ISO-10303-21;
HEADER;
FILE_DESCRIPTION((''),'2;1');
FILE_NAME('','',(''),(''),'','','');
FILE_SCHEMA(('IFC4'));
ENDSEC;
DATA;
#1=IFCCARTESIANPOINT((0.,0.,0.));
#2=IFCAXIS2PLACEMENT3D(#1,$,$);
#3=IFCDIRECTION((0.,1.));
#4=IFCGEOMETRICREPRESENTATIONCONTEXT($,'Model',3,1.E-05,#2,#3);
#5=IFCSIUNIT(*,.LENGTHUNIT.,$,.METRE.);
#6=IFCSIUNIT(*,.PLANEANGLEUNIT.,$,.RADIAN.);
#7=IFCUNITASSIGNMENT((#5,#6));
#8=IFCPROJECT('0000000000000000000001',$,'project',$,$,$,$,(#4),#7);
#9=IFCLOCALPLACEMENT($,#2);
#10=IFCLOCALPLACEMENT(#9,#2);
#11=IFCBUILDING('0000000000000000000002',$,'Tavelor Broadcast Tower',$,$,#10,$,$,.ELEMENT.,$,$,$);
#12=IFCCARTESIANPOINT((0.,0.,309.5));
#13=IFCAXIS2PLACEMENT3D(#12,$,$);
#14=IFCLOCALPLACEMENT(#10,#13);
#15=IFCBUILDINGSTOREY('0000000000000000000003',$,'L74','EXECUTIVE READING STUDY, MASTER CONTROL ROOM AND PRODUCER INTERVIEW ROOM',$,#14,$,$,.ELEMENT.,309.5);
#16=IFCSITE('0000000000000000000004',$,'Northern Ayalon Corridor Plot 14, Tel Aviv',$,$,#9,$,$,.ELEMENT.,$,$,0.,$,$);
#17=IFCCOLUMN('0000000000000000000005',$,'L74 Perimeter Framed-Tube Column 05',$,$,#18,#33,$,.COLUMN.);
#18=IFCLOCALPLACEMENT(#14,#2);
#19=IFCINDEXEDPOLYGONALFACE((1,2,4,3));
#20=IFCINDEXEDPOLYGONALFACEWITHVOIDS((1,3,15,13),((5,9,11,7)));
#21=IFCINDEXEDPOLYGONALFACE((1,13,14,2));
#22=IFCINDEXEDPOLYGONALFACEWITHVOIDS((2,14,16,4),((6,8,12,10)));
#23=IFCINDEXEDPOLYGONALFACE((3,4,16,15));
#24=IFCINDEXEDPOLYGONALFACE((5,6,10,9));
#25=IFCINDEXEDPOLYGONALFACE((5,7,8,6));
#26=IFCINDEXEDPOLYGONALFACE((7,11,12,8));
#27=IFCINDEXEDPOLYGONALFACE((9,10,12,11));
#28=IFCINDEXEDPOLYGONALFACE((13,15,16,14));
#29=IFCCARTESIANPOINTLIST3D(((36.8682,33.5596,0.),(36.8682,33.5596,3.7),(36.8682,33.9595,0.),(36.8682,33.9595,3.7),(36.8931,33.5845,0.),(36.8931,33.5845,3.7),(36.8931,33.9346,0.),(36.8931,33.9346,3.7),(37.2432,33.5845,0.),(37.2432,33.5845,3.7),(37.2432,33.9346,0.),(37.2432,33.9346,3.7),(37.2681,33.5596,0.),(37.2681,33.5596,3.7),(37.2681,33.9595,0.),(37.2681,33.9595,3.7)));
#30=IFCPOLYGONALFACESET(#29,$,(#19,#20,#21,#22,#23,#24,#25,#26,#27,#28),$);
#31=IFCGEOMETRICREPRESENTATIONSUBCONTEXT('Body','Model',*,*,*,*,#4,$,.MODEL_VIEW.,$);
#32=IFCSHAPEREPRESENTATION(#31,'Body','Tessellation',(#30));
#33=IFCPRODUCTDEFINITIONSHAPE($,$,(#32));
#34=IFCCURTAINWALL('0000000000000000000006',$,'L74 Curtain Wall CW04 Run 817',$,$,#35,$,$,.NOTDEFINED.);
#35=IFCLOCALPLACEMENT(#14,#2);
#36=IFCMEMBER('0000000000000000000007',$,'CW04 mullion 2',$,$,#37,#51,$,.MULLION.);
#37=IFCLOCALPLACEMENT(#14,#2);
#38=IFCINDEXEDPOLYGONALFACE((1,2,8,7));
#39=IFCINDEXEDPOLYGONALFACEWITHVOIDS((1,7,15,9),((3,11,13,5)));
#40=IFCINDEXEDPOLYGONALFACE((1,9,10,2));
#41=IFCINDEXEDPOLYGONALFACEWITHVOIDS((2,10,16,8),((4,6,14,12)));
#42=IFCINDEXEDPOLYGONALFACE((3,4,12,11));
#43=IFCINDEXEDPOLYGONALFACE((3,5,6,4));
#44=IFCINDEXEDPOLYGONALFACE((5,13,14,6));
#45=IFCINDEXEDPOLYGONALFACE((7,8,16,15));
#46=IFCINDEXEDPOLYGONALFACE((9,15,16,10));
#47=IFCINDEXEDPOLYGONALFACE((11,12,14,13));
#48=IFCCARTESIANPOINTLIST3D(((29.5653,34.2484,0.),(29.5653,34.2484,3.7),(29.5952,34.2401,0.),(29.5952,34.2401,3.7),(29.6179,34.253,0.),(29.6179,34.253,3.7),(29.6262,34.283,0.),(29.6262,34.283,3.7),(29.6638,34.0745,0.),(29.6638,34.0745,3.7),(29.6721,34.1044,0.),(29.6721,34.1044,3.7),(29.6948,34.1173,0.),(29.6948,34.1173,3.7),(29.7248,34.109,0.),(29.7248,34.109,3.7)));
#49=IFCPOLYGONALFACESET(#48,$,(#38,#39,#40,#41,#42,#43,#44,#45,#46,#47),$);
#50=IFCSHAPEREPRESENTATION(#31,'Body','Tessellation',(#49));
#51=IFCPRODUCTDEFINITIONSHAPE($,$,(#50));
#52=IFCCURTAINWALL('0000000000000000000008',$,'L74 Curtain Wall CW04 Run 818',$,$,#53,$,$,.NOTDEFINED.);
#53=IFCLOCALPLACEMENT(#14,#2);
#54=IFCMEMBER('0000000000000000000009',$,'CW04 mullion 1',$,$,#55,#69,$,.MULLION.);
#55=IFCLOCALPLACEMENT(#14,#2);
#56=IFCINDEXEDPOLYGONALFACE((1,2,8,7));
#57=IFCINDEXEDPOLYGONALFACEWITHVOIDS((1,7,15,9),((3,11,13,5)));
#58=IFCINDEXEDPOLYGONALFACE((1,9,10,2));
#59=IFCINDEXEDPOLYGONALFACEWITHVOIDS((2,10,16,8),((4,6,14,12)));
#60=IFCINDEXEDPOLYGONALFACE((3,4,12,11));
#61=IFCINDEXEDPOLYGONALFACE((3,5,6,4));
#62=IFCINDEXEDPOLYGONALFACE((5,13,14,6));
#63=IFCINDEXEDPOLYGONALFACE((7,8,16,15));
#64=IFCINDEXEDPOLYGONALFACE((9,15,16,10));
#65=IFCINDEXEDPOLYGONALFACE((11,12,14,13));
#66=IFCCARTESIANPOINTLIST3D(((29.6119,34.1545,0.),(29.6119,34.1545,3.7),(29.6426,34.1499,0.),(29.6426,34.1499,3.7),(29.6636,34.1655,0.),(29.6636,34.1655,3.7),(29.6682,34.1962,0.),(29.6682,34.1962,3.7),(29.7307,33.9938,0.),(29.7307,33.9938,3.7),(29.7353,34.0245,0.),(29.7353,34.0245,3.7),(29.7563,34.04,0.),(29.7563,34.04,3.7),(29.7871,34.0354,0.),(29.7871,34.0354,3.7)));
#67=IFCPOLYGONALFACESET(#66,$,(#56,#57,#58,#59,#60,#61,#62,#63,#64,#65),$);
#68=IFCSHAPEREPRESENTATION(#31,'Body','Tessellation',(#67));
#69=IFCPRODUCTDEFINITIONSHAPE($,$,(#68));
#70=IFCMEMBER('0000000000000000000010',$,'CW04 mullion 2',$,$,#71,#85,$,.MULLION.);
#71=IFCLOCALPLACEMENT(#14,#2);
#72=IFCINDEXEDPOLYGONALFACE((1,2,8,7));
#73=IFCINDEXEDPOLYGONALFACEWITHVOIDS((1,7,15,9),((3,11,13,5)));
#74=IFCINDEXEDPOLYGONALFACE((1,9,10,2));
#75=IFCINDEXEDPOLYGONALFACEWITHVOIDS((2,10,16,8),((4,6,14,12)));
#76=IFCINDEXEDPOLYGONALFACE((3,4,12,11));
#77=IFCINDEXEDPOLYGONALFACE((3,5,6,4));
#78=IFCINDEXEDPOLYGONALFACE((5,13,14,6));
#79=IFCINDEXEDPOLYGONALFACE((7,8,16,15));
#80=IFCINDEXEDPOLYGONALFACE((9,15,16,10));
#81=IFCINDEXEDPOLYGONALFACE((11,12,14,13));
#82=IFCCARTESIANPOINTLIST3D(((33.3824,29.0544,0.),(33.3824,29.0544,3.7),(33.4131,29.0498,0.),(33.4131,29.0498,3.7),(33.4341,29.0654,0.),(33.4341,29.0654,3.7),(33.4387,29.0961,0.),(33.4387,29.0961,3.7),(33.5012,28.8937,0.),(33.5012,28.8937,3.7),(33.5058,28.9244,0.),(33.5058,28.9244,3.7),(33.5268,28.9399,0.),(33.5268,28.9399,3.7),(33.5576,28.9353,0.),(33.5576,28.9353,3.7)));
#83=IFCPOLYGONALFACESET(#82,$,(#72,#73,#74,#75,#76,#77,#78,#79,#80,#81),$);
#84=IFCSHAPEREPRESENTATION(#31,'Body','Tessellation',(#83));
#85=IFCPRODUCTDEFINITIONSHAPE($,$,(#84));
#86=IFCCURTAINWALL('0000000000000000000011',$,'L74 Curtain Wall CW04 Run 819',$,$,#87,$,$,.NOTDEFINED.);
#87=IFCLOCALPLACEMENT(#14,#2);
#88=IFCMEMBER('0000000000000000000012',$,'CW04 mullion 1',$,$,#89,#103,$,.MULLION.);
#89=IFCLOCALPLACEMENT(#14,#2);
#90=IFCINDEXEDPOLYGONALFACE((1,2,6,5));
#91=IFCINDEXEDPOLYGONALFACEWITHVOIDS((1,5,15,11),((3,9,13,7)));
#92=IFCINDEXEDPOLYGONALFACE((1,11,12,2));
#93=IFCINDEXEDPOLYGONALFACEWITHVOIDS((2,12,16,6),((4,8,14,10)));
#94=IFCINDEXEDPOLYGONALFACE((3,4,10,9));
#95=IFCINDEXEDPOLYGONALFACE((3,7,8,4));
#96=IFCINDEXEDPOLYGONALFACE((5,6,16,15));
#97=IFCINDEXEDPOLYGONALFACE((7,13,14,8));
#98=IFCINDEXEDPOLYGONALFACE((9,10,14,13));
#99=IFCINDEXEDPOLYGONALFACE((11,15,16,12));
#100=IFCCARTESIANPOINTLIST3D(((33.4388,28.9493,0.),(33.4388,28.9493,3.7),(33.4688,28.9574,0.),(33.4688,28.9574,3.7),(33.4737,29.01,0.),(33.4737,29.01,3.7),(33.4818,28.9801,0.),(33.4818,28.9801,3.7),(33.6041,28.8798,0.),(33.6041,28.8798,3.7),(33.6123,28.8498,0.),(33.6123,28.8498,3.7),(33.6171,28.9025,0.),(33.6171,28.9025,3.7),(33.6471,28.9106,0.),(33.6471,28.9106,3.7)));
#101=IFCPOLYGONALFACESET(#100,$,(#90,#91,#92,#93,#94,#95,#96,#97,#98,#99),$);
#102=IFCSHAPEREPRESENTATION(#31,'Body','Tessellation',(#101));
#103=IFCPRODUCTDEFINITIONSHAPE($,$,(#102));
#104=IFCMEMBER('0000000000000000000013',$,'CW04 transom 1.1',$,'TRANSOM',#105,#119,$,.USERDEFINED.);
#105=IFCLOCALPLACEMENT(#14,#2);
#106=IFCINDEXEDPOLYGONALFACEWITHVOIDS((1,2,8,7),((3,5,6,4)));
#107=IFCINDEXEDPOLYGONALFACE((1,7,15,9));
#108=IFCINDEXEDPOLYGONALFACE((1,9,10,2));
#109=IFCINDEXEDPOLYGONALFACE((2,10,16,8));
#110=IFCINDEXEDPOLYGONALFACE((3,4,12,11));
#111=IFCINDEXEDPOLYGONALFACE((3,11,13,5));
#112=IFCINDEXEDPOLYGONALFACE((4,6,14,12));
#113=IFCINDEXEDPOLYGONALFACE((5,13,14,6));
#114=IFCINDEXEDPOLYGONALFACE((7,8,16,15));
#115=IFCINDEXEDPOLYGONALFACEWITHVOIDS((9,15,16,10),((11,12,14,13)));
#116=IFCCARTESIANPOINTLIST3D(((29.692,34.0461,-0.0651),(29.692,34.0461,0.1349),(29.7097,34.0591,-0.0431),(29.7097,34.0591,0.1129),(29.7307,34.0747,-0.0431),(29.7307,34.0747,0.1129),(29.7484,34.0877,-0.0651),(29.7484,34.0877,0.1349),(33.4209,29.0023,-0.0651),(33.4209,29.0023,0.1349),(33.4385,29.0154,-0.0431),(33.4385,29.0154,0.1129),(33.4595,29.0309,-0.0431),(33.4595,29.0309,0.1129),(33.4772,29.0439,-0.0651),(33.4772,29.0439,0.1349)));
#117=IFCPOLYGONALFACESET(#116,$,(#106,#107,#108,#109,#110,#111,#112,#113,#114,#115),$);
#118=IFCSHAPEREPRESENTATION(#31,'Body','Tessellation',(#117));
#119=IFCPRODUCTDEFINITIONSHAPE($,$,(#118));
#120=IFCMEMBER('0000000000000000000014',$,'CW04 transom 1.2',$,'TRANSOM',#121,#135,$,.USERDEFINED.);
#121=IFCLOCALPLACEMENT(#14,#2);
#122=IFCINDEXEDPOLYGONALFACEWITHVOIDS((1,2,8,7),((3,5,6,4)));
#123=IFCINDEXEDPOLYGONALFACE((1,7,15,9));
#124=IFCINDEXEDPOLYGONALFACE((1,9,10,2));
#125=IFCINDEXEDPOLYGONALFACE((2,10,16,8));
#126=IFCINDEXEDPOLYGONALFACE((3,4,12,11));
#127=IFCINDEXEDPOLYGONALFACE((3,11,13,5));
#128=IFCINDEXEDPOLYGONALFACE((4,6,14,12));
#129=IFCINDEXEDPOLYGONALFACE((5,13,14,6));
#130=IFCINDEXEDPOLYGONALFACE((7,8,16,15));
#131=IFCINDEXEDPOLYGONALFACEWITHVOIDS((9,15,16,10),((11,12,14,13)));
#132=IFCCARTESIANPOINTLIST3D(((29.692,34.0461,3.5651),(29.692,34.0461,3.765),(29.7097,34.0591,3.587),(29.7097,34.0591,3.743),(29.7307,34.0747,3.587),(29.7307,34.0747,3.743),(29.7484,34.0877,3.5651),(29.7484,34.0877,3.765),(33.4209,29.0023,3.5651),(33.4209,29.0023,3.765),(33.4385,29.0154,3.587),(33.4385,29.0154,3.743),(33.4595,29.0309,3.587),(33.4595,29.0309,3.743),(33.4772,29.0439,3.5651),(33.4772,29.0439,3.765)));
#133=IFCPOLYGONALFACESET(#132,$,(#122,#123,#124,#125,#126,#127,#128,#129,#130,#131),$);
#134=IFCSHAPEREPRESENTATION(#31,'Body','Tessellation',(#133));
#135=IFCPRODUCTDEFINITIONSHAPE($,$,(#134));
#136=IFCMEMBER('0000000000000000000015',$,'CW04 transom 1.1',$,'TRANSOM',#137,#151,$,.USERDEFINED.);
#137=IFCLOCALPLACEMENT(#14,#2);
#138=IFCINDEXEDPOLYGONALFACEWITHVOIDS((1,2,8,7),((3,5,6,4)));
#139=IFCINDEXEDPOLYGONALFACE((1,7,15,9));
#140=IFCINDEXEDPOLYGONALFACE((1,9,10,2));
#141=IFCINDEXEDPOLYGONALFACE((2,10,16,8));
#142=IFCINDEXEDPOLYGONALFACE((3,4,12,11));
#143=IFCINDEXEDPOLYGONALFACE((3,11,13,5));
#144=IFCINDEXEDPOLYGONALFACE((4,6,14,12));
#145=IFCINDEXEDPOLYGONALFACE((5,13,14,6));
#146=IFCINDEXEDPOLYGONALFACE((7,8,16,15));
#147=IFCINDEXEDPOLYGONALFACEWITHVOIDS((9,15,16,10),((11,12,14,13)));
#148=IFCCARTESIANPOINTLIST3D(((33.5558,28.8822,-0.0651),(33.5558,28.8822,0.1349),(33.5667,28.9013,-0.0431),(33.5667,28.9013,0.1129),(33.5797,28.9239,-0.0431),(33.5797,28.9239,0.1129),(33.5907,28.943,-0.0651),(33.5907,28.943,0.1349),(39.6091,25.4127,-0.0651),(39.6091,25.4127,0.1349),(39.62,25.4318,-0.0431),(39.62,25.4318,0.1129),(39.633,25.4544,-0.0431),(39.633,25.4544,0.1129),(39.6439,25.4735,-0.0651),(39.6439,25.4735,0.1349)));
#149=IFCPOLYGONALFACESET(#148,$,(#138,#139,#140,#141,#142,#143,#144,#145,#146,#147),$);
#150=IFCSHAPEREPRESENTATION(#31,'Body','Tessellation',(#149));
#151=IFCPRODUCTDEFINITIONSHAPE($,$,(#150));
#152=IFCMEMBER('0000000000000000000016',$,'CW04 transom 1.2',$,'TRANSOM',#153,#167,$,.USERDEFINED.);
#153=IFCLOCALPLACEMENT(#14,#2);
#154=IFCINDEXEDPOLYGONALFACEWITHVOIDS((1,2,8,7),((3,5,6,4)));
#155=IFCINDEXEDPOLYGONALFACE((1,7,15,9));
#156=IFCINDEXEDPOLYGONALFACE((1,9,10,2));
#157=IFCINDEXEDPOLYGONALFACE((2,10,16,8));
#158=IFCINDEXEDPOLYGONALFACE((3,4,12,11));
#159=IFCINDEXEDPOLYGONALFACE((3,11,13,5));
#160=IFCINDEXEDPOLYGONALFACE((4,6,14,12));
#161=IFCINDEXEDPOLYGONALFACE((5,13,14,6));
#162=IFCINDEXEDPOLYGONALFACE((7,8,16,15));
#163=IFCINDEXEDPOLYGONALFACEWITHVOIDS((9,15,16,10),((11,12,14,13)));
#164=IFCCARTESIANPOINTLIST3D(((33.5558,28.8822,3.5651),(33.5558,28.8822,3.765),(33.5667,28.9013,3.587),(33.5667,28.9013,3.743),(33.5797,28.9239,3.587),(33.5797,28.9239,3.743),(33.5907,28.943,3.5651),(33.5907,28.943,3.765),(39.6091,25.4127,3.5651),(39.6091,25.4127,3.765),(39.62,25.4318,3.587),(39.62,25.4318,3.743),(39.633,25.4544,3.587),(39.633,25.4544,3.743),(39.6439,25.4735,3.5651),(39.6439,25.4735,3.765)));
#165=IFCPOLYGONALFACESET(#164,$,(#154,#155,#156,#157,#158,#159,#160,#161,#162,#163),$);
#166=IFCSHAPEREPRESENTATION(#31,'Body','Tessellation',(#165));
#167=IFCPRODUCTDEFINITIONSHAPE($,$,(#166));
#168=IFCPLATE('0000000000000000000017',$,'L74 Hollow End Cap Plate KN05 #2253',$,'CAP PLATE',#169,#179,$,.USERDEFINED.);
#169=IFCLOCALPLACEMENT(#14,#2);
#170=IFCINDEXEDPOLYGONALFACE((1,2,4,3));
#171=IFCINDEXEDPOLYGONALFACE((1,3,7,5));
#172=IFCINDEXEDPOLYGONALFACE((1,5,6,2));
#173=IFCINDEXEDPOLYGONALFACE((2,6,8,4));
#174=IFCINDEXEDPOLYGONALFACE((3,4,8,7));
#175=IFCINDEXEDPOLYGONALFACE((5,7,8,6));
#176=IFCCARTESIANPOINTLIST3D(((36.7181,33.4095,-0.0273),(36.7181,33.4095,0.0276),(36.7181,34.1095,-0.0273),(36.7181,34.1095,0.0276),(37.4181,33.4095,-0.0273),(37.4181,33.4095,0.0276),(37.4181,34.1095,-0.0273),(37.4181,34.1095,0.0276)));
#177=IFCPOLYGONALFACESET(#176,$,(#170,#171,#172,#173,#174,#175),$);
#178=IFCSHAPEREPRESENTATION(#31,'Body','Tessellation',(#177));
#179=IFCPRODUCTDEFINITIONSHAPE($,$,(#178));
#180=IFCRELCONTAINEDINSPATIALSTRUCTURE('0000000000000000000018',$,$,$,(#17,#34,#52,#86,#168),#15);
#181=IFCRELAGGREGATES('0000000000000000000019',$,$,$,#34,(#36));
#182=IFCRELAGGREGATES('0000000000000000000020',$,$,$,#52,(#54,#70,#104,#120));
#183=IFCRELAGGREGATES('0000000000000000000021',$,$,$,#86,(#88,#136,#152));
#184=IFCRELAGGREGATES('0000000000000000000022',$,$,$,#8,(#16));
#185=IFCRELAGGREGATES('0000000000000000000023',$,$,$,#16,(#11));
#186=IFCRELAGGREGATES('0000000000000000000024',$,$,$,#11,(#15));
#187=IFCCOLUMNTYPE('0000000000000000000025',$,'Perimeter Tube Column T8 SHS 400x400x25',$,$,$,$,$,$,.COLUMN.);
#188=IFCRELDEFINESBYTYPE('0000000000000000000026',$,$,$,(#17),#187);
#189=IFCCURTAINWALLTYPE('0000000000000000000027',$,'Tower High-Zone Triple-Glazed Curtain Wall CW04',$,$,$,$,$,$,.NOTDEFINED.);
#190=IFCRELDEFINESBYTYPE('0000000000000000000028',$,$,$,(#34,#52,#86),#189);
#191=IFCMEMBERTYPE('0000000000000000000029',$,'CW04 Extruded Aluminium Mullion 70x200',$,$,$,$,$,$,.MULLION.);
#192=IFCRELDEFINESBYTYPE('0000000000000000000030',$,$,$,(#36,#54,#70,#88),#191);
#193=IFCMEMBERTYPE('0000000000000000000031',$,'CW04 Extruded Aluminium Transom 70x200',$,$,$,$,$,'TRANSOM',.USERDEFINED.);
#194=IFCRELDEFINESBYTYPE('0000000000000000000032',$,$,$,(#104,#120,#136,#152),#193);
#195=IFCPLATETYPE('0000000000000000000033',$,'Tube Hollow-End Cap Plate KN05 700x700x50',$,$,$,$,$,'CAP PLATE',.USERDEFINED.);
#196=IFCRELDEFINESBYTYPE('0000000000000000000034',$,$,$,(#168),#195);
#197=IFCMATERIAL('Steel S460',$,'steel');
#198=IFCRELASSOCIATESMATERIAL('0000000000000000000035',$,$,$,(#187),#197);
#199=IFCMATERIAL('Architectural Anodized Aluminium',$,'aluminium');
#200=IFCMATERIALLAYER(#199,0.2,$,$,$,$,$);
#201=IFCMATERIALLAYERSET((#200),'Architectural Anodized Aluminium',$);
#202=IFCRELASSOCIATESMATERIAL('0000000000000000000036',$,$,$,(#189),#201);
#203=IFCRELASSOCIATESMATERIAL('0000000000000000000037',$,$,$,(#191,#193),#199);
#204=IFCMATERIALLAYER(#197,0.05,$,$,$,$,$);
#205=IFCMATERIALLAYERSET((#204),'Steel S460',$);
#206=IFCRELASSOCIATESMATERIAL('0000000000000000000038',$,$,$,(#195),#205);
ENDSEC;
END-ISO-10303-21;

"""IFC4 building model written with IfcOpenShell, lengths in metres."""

from ifc_helpers import new_model, si_unit, direction, frame, origin, origin_2d, place, context, subcontext, project, spatial, rectangle, hollow_rectangle, extrude, source, transform, mapped, material, layer, layer_set, material_profile, profile_set, type_object, type_shapes, element, aggregate, save


model = new_model("IFC4")

# Units and contexts
model_context = context("Model", 3, precision=1e-05, world=origin(), true_north=direction((0.0, 1.0)))
body_context = subcontext(model_context, "Body", "Model", "MODEL_VIEW")
ifc_project = project(units=[si_unit("LENGTHUNIT", "METRE"), si_unit("PLANEANGLEUNIT", "RADIAN")], contexts=[model_context])

# Site, building, storey
site_placement = place(None, origin())
site = spatial("IfcSite", under=ifc_project, at=site_placement, Name="Northern Ayalon Corridor Plot 14, Tel Aviv", CompositionType="ELEMENT", RefElevation=0.0)
building_placement = place(site_placement, origin())
building = spatial("IfcBuilding", under=site, at=building_placement, Name="Tavelor Broadcast Tower", CompositionType="ELEMENT")
storey_placement = place(building_placement, frame((0.0, 0.0, 309.5)))
storey = spatial("IfcBuildingStorey", under=building, at=storey_placement, Name="L74", Description="EXECUTIVE READING STUDY, MASTER CONTROL ROOM AND PRODUCER INTERVIEW ROOM", CompositionType="ELEMENT", Elevation=309.5)

# Column
ifc_material_1 = material(Name="Steel S460", Category="steel")
ifc_material_profile_1 = material_profile(ifc_material_1, hollow_rectangle(XDim=0.3999, YDim=0.3999, WallThickness=0.0249, at=origin_2d()), Name="SHS 400x400x25")
ifc_profile_set_1 = profile_set([ifc_material_profile_1], Name="Steel S460")
column_type = type_object("IfcColumnType", Name="Perimeter Tube Column T8 SHS 400x400x25", PredefinedType="COLUMN", material=ifc_profile_set_1)
column_placement = place(storey_placement, frame((37.0681, 33.7595, 0.0), z_axis=(0.0, 0.0, 1.0), x_axis=(1.0, 0.0, 0.0)))
element("IfcColumn", 1, at=column_placement, inside=storey, type_object=column_type, Name="L74 Perimeter Framed-Tube Column 05", PredefinedType="COLUMN", context=body_context, shape_type="SweptSolid", body=[
    extrude(hollow_rectangle(XDim=0.3999, YDim=0.3999, WallThickness=0.0249, at=origin_2d()), origin(), (0.0, 0.0, 1.0), 3.7),
])

# Curtain wall, member
ifc_material_2 = material(Name="Architectural Anodized Aluminium", Category="aluminium")
ifc_layer_1 = layer(ifc_material_2, 0.2)
ifc_layer_set_1 = layer_set([ifc_layer_1], Name="Architectural Anodized Aluminium")
curtain_wall_type = type_object("IfcCurtainWallType", Name="Tower High-Zone Triple-Glazed Curtain Wall CW04", PredefinedType="NOTDEFINED", material=ifc_layer_set_1)
curtain_wall_1_placement = place(storey_placement, origin())
curtain_wall_1 = element("IfcCurtainWall", 2, at=curtain_wall_1_placement, inside=storey, type_object=curtain_wall_type, Name="L74 Curtain Wall CW04 Run 817", PredefinedType="NOTDEFINED")
ifc_material_profile_2 = material_profile(ifc_material_2, hollow_rectangle(XDim=0.0701, YDim=0.2, WallThickness=0.022, at=origin_2d()), Name="RHS 70x200x22")
ifc_profile_set_2 = profile_set([ifc_material_profile_2], Name="Architectural Anodized Aluminium")
member_type_1 = type_object("IfcMemberType", Name="CW04 Extruded Aluminium Mullion 70x200", PredefinedType="MULLION", material=ifc_profile_set_2)
shared_shape_1 = source(origin(), body_context, "Body", "SweptSolid", [
    extrude(hollow_rectangle(XDim=0.0701, YDim=0.2, WallThickness=0.022, at=origin_2d()), origin(), (0.0, 0.0, 1.0), 3.7),
])
type_shapes(member_type_1, [shared_shape_1])
member_1_placement = place(storey_placement, frame((29.645, 34.1787, 0.0), z_axis=(0.0, 0.0, 1.0), x_axis=(0.870146, 0.492794, 0.0)))
member_1 = element("IfcMember", 3, at=member_1_placement, type_object=member_type_1, Name="CW04 mullion 2", PredefinedType="MULLION", context=body_context, shape_type="MappedRepresentation", body=[
    mapped(shared_shape_1, transform((0.0, 0.0, 0.0), scale=1.0)),
])

# Curtain wall, members
curtain_wall_2_placement = place(storey_placement, origin())
curtain_wall_2 = element("IfcCurtainWall", 4, at=curtain_wall_2_placement, inside=storey, type_object=curtain_wall_type, Name="L74 Curtain Wall CW04 Run 818", PredefinedType="NOTDEFINED")
member_2_placement = place(storey_placement, frame((29.6995, 34.095, 0.0), z_axis=(0.0, 0.0, 1.0), x_axis=(0.804107, 0.594484, 0.0)))
member_2 = element("IfcMember", 5, at=member_2_placement, type_object=member_type_1, Name="CW04 mullion 1", PredefinedType="MULLION", context=body_context, shape_type="MappedRepresentation", body=[
    mapped(shared_shape_1, transform((0.0, 0.0, 0.0), scale=1.0)),
])
member_3_placement = place(storey_placement, frame((33.47, 28.9949, 0.0), z_axis=(0.0, 0.0, 1.0), x_axis=(0.804107, 0.594484, 0.0)))
member_3 = element("IfcMember", 6, at=member_3_placement, type_object=member_type_1, Name="CW04 mullion 2", PredefinedType="MULLION", context=body_context, shape_type="MappedRepresentation", body=[
    mapped(shared_shape_1, transform((0.0, 0.0, 0.0), scale=1.0)),
])

# Curtain wall, member
curtain_wall_3_placement = place(storey_placement, origin())
curtain_wall_3 = element("IfcCurtainWall", 7, at=curtain_wall_3_placement, inside=storey, type_object=curtain_wall_type, Name="L74 Curtain Wall CW04 Run 819", PredefinedType="NOTDEFINED")
member_4_placement = place(storey_placement, frame((33.543, 28.9299, 0.0), z_axis=(0.0, 0.0, 1.0), x_axis=(0.497272, 0.867595, 0.0)))
member_4 = element("IfcMember", 8, at=member_4_placement, type_object=member_type_1, Name="CW04 mullion 1", PredefinedType="MULLION", context=body_context, shape_type="MappedRepresentation", body=[
    mapped(shared_shape_1, transform((0.0, 0.0, 0.0), scale=1.0)),
])

# Members
ifc_material_profile_3 = material_profile(ifc_material_2, hollow_rectangle(XDim=0.0701, YDim=0.2, WallThickness=0.022, at=origin_2d()), Name="RHS 70x200x22")
ifc_profile_set_3 = profile_set([ifc_material_profile_3], Name="Architectural Anodized Aluminium")
member_type_2 = type_object("IfcMemberType", Name="CW04 Extruded Aluminium Transom 70x200", ElementType="TRANSOM", PredefinedType="USERDEFINED", material=ifc_profile_set_3)
shared_shape_2 = source(origin(), body_context, "Body", "SweptSolid", [
    extrude(hollow_rectangle(XDim=0.0701, YDim=0.2, WallThickness=0.022, at=origin_2d()), origin(), (0.0, 0.0, 1.0), 6.2725),
])
member_5_placement = place(storey_placement, frame((29.7202, 34.0669, 0.0349), z_axis=(0.594474, -0.804115, 0.0), x_axis=(0.804115, 0.594474, 0.0)))
member_5 = element("IfcMember", 9, at=member_5_placement, type_object=member_type_2, Name="CW04 transom 1.1", ObjectType="TRANSOM", PredefinedType="USERDEFINED", context=body_context, shape_type="MappedRepresentation", body=[
    mapped(shared_shape_2, transform((0.0, 0.0, 0.0), scale=1.0)),
])
member_6_placement = place(storey_placement, frame((29.7202, 34.0669, 3.665), z_axis=(0.594474, -0.804115, 0.0), x_axis=(0.804115, 0.594474, 0.0)))
member_6 = element("IfcMember", 10, at=member_6_placement, type_object=member_type_2, Name="CW04 transom 1.2", ObjectType="TRANSOM", PredefinedType="USERDEFINED", context=body_context, shape_type="MappedRepresentation", body=[
    mapped(shared_shape_2, transform((0.0, 0.0, 0.0), scale=1.0)),
])
shared_shape_3 = source(origin(), body_context, "Body", "SweptSolid", [
    extrude(hollow_rectangle(XDim=0.0701, YDim=0.2, WallThickness=0.022, at=origin_2d()), origin(), (0.0, 0.0, 1.0), 6.9771),
])
type_shapes(member_type_2, [shared_shape_2, shared_shape_3])
member_7_placement = place(storey_placement, frame((33.5732, 28.9126, 0.0349), z_axis=(0.867594, -0.497273, 0.0), x_axis=(0.497273, 0.867594, 0.0)))
member_7 = element("IfcMember", 11, at=member_7_placement, type_object=member_type_2, Name="CW04 transom 1.1", ObjectType="TRANSOM", PredefinedType="USERDEFINED", context=body_context, shape_type="MappedRepresentation", body=[
    mapped(shared_shape_3, transform((0.0, 0.0, 0.0), scale=1.0)),
])
member_8_placement = place(storey_placement, frame((33.5732, 28.9126, 3.665), z_axis=(0.867594, -0.497273, 0.0), x_axis=(0.497273, 0.867594, 0.0)))
member_8 = element("IfcMember", 12, at=member_8_placement, type_object=member_type_2, Name="CW04 transom 1.2", ObjectType="TRANSOM", PredefinedType="USERDEFINED", context=body_context, shape_type="MappedRepresentation", body=[
    mapped(shared_shape_3, transform((0.0, 0.0, 0.0), scale=1.0)),
])

# Plate
ifc_layer_2 = layer(ifc_material_1, 0.05)
ifc_layer_set_2 = layer_set([ifc_layer_2], Name="Steel S460")
plate_type_1 = type_object("IfcPlateType", Name="Tube Hollow-End Cap Plate KN05 700x700x50", ElementType="CAP PLATE", PredefinedType="USERDEFINED", material=ifc_layer_set_2)
shared_shape_4 = source(origin(), body_context, "Body", "SweptSolid", [
    extrude(rectangle(XDim=0.7, YDim=0.7, at=origin_2d()), origin(), (0.0, 0.0, 1.0), 0.0549),
])
type_shapes(plate_type_1, [shared_shape_4])
plate_1_placement = place(storey_placement, frame((37.0681, 33.7595, -0.0273), z_axis=(0.0, 0.0, 1.0), x_axis=(1.0, 0.0, 0.0)))
element("IfcPlate", 13, at=plate_1_placement, inside=storey, type_object=plate_type_1, Name="L74 Hollow End Cap Plate KN05 #2253", ObjectType="CAP PLATE", PredefinedType="USERDEFINED", context=body_context, shape_type="MappedRepresentation", body=[
    mapped(shared_shape_4, transform((0.0, 0.0, 0.0), scale=1.0)),
])
aggregate(curtain_wall_1, [member_1])
aggregate(curtain_wall_2, [member_2, member_3, member_5, member_6])
aggregate(curtain_wall_3, [member_4, member_7, member_8])

save(model, "model.ifc")
